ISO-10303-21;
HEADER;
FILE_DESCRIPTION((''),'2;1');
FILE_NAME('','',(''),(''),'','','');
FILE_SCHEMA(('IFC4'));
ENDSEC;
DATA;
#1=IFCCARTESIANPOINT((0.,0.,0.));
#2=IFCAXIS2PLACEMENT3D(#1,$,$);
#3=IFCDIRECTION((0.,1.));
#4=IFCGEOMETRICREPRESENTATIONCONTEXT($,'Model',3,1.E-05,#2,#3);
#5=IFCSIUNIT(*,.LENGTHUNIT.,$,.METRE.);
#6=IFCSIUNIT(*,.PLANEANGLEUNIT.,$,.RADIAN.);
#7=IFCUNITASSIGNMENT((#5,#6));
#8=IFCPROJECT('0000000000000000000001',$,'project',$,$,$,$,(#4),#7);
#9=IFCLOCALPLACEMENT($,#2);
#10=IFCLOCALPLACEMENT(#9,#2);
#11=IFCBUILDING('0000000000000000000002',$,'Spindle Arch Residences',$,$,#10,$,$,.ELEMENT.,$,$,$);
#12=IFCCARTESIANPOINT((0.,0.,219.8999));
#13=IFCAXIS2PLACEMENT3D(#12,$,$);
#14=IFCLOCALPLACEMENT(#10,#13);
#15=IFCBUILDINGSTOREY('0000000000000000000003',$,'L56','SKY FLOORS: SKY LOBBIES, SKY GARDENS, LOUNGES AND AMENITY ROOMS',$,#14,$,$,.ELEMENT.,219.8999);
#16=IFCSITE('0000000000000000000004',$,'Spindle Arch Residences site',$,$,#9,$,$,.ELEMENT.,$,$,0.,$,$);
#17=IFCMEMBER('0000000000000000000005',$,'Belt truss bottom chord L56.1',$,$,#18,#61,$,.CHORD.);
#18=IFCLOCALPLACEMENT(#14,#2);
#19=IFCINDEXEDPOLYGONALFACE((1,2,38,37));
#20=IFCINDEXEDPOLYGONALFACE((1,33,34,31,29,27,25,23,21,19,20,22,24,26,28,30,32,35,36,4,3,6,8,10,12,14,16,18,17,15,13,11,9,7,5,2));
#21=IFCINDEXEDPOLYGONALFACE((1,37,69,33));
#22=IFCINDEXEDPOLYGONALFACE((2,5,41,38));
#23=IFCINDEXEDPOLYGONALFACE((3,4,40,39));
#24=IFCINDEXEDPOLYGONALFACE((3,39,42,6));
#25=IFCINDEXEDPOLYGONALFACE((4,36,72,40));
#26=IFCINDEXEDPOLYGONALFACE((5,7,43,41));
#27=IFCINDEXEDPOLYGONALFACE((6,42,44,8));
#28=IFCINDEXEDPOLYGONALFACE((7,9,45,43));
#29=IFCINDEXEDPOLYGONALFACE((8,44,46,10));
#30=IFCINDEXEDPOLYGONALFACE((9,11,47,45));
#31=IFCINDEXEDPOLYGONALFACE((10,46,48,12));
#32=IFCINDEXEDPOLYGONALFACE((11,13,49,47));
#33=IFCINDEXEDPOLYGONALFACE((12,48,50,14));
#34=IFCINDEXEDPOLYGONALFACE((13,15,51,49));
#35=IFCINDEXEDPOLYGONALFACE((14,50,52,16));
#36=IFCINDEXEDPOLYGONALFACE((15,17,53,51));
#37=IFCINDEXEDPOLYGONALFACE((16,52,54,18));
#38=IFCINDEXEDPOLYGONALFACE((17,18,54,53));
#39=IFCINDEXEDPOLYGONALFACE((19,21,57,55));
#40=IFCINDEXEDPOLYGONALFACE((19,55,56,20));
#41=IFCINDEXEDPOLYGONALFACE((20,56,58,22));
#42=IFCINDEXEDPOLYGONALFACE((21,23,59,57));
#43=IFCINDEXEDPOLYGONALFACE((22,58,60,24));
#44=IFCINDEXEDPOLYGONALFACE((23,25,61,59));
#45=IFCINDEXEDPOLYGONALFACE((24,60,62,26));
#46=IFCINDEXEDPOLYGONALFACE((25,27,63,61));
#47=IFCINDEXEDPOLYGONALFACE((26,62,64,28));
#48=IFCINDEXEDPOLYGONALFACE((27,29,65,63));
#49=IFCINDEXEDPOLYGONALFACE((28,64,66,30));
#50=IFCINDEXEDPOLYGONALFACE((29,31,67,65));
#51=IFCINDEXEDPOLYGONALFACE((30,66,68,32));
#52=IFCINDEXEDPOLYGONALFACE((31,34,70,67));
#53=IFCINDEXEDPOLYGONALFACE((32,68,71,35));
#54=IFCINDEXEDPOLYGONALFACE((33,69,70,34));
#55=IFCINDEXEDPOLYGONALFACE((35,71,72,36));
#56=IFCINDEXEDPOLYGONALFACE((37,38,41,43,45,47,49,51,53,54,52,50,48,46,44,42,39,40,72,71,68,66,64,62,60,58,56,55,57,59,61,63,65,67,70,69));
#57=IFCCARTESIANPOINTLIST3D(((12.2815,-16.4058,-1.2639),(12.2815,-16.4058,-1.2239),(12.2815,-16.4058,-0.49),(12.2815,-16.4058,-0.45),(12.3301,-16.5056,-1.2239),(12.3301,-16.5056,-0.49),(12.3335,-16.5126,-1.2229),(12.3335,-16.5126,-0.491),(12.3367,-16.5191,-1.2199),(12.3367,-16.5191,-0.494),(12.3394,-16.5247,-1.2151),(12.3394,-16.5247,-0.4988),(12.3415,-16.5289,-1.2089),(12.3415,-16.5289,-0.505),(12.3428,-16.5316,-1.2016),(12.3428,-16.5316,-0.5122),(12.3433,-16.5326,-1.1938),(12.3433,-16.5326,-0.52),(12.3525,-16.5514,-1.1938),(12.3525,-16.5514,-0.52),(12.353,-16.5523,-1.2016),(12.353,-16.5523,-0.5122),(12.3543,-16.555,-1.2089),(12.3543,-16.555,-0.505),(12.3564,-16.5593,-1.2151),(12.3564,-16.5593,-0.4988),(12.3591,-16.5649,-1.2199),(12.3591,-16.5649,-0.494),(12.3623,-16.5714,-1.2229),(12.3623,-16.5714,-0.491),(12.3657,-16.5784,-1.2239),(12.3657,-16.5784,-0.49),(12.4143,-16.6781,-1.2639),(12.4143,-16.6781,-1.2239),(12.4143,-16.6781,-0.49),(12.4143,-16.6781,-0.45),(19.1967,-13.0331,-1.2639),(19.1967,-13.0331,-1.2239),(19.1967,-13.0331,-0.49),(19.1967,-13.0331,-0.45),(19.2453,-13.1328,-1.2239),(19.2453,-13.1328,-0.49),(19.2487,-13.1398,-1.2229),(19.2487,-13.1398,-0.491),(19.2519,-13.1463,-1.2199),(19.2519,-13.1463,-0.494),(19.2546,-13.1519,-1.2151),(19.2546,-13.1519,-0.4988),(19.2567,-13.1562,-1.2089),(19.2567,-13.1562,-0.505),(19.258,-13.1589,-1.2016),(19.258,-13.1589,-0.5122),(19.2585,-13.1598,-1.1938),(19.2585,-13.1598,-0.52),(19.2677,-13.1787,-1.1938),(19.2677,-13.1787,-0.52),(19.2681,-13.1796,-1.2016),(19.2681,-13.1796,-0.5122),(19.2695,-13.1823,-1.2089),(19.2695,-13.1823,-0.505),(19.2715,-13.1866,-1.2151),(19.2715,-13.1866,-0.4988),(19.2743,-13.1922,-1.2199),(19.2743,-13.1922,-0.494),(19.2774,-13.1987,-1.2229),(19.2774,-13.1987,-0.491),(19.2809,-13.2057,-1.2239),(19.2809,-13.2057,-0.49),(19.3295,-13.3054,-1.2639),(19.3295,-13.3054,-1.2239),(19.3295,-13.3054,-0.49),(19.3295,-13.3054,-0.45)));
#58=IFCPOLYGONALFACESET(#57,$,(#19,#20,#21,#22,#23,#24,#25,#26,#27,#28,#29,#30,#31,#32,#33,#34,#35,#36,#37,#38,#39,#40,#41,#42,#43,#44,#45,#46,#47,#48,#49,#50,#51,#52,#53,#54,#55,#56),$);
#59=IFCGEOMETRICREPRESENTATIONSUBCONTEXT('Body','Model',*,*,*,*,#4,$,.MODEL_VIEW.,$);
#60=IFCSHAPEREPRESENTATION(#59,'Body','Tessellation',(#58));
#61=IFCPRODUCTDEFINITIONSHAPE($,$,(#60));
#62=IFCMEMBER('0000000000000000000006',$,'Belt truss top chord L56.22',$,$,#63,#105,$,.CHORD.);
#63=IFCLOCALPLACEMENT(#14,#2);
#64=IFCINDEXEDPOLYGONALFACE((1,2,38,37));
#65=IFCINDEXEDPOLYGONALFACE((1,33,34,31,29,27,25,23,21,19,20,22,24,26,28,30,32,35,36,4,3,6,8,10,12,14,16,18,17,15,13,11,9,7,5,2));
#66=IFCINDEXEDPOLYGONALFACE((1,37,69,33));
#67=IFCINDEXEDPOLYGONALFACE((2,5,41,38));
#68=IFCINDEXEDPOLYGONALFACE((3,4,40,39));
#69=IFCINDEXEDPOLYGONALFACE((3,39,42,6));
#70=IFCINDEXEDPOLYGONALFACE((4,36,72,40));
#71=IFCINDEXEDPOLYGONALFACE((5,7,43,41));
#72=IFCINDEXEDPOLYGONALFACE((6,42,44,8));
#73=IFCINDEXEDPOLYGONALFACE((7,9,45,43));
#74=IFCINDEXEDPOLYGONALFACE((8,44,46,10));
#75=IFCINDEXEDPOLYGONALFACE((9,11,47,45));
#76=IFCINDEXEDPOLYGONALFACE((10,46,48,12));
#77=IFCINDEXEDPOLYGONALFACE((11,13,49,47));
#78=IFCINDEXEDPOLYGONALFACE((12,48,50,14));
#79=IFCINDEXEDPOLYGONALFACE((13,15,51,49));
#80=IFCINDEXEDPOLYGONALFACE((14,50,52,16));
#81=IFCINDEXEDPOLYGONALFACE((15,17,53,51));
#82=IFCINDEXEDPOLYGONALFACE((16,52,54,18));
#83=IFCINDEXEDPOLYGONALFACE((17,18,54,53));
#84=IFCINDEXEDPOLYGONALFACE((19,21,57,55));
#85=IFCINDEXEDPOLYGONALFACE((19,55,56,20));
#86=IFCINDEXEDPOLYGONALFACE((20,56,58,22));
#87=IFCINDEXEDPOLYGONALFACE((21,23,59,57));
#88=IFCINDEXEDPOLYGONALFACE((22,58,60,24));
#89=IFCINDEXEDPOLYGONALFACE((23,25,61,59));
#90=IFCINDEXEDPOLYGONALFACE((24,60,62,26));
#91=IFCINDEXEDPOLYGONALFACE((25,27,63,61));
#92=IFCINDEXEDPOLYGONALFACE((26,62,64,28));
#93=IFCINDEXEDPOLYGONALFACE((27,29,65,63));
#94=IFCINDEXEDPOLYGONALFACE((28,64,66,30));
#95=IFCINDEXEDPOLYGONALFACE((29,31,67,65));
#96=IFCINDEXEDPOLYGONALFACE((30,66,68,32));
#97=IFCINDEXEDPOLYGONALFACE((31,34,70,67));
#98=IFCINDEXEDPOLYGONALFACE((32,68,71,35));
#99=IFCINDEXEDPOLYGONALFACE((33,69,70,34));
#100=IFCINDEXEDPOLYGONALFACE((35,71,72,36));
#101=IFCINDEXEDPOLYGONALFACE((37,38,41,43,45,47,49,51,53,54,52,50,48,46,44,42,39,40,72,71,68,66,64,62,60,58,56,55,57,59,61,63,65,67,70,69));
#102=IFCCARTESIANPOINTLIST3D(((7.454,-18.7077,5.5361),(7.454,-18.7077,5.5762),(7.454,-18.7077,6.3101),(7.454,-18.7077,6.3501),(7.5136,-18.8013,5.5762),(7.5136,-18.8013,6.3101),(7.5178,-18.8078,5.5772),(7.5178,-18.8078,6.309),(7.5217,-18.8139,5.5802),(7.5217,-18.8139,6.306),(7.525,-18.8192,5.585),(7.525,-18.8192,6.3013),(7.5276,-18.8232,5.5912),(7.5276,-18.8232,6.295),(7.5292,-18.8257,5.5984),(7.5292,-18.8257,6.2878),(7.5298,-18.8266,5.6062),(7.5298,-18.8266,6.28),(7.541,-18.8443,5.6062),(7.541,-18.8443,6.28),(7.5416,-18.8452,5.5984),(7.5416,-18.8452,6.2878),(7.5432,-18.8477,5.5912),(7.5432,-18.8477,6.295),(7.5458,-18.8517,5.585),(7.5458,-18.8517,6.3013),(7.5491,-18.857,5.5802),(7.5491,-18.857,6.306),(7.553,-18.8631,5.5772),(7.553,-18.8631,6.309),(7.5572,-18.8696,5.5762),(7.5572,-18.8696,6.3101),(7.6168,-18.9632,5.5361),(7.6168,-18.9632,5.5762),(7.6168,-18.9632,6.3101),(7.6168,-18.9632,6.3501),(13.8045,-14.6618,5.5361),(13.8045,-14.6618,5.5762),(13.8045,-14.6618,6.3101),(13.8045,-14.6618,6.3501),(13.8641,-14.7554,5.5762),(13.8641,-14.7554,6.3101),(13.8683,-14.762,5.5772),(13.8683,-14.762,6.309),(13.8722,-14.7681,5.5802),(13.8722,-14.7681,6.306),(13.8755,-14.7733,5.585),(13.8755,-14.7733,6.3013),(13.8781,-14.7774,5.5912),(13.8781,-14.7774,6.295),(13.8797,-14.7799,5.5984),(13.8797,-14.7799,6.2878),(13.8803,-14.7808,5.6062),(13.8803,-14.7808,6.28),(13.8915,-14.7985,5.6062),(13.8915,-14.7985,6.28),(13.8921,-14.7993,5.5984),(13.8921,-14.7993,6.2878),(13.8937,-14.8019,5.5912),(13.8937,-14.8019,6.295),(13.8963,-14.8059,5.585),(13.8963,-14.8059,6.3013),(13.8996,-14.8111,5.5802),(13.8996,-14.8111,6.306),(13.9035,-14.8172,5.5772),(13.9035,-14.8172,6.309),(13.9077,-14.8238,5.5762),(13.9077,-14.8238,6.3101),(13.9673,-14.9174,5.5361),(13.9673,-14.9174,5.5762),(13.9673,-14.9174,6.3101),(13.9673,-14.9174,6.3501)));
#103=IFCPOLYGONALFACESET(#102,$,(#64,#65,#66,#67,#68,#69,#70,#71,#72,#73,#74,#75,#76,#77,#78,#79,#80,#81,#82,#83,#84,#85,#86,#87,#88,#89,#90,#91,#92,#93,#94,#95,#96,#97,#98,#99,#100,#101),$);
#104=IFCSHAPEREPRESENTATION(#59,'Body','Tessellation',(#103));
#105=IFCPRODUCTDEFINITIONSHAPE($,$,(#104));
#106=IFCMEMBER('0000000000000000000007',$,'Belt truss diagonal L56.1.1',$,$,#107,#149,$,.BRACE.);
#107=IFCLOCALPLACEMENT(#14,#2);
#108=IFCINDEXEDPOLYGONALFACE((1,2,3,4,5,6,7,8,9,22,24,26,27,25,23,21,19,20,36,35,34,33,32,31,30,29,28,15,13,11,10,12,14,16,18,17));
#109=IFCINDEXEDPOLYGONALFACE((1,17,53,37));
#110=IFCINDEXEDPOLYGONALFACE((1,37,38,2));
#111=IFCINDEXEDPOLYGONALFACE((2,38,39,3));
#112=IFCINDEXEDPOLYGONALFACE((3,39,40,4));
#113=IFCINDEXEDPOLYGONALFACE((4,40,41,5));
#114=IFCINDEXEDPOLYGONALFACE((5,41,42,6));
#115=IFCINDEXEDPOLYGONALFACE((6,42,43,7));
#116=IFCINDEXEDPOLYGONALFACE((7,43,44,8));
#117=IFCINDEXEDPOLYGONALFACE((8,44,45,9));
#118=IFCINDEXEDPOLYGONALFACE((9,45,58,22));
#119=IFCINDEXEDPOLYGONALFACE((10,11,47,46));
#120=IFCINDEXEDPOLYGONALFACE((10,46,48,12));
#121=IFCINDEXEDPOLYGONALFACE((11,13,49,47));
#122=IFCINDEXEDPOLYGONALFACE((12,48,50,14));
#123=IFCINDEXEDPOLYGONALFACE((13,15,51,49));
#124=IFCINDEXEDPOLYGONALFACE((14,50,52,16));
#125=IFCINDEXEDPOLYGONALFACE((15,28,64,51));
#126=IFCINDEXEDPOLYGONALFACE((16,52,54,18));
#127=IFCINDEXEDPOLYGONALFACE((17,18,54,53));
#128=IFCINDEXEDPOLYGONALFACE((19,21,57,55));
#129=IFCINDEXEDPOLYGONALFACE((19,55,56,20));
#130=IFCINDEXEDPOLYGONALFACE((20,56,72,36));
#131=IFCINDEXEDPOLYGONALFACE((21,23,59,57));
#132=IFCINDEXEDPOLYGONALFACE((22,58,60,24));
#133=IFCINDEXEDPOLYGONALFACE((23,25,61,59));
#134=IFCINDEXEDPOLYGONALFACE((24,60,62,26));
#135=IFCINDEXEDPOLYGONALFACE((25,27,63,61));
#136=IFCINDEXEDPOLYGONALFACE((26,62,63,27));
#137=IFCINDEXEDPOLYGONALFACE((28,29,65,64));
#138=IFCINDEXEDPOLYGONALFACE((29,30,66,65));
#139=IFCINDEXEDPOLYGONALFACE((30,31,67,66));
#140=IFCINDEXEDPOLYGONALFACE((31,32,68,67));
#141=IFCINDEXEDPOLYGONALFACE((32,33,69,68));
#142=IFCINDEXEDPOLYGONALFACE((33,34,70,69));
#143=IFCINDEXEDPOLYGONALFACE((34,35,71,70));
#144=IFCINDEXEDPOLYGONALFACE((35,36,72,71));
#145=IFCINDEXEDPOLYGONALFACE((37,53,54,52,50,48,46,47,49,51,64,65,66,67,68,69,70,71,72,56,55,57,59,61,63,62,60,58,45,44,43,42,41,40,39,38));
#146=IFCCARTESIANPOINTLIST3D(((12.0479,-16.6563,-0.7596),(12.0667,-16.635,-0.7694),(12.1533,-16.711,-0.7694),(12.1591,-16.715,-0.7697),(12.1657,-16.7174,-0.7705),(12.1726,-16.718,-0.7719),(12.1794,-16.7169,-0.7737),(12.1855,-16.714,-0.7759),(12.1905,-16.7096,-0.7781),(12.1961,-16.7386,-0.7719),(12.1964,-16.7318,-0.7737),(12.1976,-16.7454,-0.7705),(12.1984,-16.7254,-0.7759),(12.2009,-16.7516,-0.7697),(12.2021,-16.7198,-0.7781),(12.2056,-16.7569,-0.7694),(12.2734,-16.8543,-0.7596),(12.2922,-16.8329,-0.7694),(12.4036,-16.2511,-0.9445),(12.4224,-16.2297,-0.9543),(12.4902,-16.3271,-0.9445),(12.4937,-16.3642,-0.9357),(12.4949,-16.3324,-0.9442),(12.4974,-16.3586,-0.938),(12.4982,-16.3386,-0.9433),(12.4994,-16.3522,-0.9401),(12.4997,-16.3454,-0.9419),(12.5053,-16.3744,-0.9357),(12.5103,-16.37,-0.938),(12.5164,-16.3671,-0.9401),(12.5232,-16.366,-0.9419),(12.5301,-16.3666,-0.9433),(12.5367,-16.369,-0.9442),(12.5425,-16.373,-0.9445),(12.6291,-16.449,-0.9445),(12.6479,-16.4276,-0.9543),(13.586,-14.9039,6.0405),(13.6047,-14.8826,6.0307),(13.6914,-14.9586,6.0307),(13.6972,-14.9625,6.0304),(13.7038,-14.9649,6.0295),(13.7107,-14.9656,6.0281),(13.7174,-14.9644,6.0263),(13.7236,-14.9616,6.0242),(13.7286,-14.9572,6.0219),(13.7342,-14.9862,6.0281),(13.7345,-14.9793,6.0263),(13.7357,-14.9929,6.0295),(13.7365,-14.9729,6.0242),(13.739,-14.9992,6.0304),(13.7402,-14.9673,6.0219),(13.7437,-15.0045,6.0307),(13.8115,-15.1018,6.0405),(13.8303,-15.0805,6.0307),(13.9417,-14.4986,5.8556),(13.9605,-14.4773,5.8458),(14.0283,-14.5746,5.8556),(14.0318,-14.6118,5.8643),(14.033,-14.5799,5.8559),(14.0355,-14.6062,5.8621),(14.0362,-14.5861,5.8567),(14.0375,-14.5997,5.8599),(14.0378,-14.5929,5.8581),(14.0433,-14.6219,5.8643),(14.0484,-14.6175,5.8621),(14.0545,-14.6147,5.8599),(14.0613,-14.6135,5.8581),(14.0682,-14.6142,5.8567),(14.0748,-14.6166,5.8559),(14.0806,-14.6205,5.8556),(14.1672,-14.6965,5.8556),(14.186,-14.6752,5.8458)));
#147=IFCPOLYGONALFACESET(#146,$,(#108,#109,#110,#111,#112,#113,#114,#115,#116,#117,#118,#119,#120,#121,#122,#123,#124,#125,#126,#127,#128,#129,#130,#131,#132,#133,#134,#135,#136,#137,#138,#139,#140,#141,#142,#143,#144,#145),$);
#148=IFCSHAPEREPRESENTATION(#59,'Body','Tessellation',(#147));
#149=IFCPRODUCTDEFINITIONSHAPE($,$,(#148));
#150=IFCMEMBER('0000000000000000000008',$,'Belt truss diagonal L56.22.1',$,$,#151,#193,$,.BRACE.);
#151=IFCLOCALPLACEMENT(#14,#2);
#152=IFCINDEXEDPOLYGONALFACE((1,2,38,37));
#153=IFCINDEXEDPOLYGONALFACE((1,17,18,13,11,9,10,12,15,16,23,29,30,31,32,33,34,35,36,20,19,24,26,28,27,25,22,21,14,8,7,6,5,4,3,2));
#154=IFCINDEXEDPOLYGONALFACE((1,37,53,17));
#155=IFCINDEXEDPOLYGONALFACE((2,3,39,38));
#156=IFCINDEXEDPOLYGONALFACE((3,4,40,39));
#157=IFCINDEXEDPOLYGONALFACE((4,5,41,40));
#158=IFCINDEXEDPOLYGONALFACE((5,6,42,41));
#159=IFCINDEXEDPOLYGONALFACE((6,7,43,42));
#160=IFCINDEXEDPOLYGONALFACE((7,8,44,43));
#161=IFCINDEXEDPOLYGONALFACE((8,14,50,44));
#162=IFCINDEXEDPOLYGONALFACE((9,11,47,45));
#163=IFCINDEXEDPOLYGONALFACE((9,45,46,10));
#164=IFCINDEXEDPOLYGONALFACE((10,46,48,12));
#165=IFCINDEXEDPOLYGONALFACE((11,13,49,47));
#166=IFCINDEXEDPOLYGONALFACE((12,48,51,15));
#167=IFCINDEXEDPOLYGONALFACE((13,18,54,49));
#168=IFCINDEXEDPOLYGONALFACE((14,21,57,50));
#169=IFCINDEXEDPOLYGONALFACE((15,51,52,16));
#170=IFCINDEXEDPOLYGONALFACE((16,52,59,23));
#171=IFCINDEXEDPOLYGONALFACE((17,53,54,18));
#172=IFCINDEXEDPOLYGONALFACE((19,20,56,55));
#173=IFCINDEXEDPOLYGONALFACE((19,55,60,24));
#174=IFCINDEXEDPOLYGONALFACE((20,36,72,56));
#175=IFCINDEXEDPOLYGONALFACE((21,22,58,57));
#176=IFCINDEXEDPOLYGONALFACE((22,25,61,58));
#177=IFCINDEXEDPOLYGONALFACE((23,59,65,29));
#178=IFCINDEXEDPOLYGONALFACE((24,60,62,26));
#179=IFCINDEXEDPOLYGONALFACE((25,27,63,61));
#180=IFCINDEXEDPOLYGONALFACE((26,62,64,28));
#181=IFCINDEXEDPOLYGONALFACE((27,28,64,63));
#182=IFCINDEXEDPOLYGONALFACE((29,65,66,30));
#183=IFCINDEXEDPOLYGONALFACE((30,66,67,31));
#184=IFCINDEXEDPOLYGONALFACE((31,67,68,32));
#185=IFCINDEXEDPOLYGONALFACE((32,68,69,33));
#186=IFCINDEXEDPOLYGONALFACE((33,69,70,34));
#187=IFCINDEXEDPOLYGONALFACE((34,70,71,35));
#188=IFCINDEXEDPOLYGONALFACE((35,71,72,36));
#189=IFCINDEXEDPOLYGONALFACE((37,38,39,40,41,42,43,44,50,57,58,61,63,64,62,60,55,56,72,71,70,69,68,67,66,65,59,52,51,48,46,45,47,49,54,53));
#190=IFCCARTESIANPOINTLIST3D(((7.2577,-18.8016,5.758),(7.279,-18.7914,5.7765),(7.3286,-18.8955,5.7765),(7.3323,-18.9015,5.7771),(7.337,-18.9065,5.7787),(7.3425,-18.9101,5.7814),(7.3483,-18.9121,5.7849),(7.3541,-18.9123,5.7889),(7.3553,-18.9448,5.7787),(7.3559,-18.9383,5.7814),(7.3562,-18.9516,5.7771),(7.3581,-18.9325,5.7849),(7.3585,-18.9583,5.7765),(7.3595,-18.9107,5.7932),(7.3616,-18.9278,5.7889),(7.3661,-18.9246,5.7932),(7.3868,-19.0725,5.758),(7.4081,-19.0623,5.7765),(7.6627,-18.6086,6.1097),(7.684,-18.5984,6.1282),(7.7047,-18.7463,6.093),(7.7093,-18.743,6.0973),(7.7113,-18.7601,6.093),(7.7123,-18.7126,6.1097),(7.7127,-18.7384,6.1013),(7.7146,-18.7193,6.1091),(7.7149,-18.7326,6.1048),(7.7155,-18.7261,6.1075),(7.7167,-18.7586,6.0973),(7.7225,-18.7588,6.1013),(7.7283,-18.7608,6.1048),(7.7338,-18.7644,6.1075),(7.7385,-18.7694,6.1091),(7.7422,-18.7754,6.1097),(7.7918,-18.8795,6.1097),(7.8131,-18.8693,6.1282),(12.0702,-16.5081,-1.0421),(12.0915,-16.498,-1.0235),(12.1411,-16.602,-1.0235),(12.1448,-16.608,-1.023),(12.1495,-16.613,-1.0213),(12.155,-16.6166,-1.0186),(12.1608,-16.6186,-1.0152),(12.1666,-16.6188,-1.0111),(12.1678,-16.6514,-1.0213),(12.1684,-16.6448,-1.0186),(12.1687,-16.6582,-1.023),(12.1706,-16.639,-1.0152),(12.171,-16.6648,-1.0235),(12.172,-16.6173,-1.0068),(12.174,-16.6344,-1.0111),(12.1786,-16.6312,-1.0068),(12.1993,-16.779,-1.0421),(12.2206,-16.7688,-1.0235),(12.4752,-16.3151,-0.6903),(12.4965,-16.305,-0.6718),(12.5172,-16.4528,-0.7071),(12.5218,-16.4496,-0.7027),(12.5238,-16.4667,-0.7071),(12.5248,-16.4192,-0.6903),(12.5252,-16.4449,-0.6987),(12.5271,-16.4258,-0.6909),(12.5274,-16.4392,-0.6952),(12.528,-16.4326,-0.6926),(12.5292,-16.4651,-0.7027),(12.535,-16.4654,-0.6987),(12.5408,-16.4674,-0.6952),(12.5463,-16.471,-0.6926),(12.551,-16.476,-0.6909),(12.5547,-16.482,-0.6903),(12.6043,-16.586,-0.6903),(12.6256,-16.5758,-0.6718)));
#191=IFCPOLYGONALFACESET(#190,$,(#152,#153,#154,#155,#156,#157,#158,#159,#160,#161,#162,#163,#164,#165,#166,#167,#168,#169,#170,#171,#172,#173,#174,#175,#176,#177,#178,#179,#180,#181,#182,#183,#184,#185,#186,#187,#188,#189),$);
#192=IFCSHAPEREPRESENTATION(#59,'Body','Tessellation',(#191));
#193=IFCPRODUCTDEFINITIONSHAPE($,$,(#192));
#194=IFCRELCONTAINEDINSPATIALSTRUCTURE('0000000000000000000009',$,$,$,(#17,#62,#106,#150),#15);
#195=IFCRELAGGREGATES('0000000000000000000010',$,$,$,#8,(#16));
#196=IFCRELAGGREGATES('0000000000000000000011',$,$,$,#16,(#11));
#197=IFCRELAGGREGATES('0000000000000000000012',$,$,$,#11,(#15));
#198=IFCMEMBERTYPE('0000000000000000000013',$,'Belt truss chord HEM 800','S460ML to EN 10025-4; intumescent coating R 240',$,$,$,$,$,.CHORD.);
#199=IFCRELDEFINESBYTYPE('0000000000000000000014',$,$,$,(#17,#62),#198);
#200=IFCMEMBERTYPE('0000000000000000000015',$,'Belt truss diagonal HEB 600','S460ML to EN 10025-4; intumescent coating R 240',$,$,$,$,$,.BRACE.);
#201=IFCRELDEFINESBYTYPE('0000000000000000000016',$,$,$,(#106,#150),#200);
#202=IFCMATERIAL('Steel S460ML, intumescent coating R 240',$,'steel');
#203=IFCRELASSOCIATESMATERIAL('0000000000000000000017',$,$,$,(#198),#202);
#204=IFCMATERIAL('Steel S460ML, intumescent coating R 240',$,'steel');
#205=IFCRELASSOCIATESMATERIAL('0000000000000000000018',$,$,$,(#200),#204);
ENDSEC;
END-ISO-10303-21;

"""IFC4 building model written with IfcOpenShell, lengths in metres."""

from ifc_helpers import new_model, si_unit, direction, frame, origin, origin_2d, place, context, subcontext, project, spatial, i_section, extrude, material, material_profile, profile_set, type_object, element, save


model = new_model("IFC4")

# Units and contexts
model_context = context("Model", 3, precision=1e-05, world=origin(), true_north=direction((0.0, 1.0)))
body_context = subcontext(model_context, "Body", "Model", "MODEL_VIEW")
ifc_project = project(units=[si_unit("LENGTHUNIT", "METRE"), si_unit("PLANEANGLEUNIT", "RADIAN")], contexts=[model_context])

# Site, building, storey
site_placement = place(None, origin())
site = spatial("IfcSite", under=ifc_project, at=site_placement, Name="Spindle Arch Residences site", CompositionType="ELEMENT", RefElevation=0.0)
building_placement = place(site_placement, origin())
building = spatial("IfcBuilding", under=site, at=building_placement, Name="Spindle Arch Residences", CompositionType="ELEMENT")
storey_placement = place(building_placement, frame((0.0, 0.0, 219.8999)))
storey = spatial("IfcBuildingStorey", under=building, at=storey_placement, Name="L56", Description="SKY FLOORS: SKY LOBBIES, SKY GARDENS, LOUNGES AND AMENITY ROOMS", CompositionType="ELEMENT", Elevation=219.8999)

# Members
ifc_material_1 = material(Name="Steel S460ML, intumescent coating R 240", Category="steel")
ifc_material_profile_1 = material_profile(ifc_material_1, i_section(OverallWidth=0.303, OverallDepth=0.814, WebThickness=0.021, FlangeThickness=0.04, FilletRadius=0.03, at=origin_2d()), Name="HEM 800")
ifc_profile_set_1 = profile_set([ifc_material_profile_1], Name="Steel S460ML, intumescent coating R 240")
member_type_1 = type_object("IfcMemberType", Name="Belt truss chord HEM 800", Description="S460ML to EN 10025-4; intumescent coating R 240", PredefinedType="CHORD", material=ifc_profile_set_1)
member_1_placement = place(storey_placement, frame((12.3479, -16.542, -0.8569), z_axis=(0.898794, 0.43837, 0.0), x_axis=(-0.43837, 0.898794, 0.0)))
element("IfcMember", 1, at=member_1_placement, inside=storey, type_object=member_type_1, Name="Belt truss bottom chord L56.1", PredefinedType="CHORD", context=body_context, shape_type="SweptSolid", body=[
    extrude(i_section(OverallWidth=0.303, OverallDepth=0.814, WebThickness=0.021, FlangeThickness=0.04, FilletRadius=0.03, at=origin_2d()), origin(), (0.0, 0.0, 1.0), 7.6938),
])
member_2_placement = place(storey_placement, frame((7.5354, -18.8354, 5.9431), z_axis=(0.843384, 0.537312, 0.0), x_axis=(-0.537312, 0.843384, 0.0)))
element("IfcMember", 2, at=member_2_placement, inside=storey, type_object=member_type_1, Name="Belt truss top chord L56.22", PredefinedType="CHORD", context=body_context, shape_type="SweptSolid", body=[
    extrude(i_section(OverallWidth=0.303, OverallDepth=0.814, WebThickness=0.021, FlangeThickness=0.04, FilletRadius=0.03, at=origin_2d()), origin(), (0.0, 0.0, 1.0), 7.5298),
])
ifc_material_2 = material(Name="Steel S460ML, intumescent coating R 240", Category="steel")
ifc_material_profile_2 = material_profile(ifc_material_2, i_section(OverallWidth=0.3, OverallDepth=0.6001, WebThickness=0.0154, FlangeThickness=0.03, FilletRadius=0.0271, at=origin_2d()), Name="HEB 600")
ifc_profile_set_2 = profile_set([ifc_material_profile_2], Name="Steel S460ML, intumescent coating R 240")
member_type_2 = type_object("IfcMemberType", Name="Belt truss diagonal HEB 600", Description="S460ML to EN 10025-4; intumescent coating R 240", PredefinedType="BRACE", material=ifc_profile_set_2)
member_3_placement = place(storey_placement, frame((12.3479, -16.542, -0.8569), z_axis=(0.213959, 0.243777, 0.945936), x_axis=(-0.751577, 0.659645, 0.0)))
element("IfcMember", 3, at=member_3_placement, inside=storey, type_object=member_type_2, Name="Belt truss diagonal L56.1.1", PredefinedType="BRACE", context=body_context, shape_type="SweptSolid", body=[
    extrude(i_section(OverallWidth=0.3, OverallDepth=0.6001, WebThickness=0.0154, FlangeThickness=0.03, FilletRadius=0.0271, at=origin_2d()), origin(), (0.0, 0.0, 1.0), 7.1887),
])
member_4_placement = place(storey_placement, frame((12.3479, -16.542, -0.8569), z_axis=(-0.556961, -0.265427, 0.786984), x_axis=(0.430207, -0.90273, 0.0)))
element("IfcMember", 4, at=member_4_placement, inside=storey, type_object=member_type_2, Name="Belt truss diagonal L56.22.1", PredefinedType="BRACE", context=body_context, shape_type="SweptSolid", body=[
    extrude(i_section(OverallWidth=0.3, OverallDepth=0.6001, WebThickness=0.0154, FlangeThickness=0.03, FilletRadius=0.0271, at=origin_2d()), origin(), (0.0, 0.0, 1.0), 8.6406),
])

save(model, "model.ifc")
